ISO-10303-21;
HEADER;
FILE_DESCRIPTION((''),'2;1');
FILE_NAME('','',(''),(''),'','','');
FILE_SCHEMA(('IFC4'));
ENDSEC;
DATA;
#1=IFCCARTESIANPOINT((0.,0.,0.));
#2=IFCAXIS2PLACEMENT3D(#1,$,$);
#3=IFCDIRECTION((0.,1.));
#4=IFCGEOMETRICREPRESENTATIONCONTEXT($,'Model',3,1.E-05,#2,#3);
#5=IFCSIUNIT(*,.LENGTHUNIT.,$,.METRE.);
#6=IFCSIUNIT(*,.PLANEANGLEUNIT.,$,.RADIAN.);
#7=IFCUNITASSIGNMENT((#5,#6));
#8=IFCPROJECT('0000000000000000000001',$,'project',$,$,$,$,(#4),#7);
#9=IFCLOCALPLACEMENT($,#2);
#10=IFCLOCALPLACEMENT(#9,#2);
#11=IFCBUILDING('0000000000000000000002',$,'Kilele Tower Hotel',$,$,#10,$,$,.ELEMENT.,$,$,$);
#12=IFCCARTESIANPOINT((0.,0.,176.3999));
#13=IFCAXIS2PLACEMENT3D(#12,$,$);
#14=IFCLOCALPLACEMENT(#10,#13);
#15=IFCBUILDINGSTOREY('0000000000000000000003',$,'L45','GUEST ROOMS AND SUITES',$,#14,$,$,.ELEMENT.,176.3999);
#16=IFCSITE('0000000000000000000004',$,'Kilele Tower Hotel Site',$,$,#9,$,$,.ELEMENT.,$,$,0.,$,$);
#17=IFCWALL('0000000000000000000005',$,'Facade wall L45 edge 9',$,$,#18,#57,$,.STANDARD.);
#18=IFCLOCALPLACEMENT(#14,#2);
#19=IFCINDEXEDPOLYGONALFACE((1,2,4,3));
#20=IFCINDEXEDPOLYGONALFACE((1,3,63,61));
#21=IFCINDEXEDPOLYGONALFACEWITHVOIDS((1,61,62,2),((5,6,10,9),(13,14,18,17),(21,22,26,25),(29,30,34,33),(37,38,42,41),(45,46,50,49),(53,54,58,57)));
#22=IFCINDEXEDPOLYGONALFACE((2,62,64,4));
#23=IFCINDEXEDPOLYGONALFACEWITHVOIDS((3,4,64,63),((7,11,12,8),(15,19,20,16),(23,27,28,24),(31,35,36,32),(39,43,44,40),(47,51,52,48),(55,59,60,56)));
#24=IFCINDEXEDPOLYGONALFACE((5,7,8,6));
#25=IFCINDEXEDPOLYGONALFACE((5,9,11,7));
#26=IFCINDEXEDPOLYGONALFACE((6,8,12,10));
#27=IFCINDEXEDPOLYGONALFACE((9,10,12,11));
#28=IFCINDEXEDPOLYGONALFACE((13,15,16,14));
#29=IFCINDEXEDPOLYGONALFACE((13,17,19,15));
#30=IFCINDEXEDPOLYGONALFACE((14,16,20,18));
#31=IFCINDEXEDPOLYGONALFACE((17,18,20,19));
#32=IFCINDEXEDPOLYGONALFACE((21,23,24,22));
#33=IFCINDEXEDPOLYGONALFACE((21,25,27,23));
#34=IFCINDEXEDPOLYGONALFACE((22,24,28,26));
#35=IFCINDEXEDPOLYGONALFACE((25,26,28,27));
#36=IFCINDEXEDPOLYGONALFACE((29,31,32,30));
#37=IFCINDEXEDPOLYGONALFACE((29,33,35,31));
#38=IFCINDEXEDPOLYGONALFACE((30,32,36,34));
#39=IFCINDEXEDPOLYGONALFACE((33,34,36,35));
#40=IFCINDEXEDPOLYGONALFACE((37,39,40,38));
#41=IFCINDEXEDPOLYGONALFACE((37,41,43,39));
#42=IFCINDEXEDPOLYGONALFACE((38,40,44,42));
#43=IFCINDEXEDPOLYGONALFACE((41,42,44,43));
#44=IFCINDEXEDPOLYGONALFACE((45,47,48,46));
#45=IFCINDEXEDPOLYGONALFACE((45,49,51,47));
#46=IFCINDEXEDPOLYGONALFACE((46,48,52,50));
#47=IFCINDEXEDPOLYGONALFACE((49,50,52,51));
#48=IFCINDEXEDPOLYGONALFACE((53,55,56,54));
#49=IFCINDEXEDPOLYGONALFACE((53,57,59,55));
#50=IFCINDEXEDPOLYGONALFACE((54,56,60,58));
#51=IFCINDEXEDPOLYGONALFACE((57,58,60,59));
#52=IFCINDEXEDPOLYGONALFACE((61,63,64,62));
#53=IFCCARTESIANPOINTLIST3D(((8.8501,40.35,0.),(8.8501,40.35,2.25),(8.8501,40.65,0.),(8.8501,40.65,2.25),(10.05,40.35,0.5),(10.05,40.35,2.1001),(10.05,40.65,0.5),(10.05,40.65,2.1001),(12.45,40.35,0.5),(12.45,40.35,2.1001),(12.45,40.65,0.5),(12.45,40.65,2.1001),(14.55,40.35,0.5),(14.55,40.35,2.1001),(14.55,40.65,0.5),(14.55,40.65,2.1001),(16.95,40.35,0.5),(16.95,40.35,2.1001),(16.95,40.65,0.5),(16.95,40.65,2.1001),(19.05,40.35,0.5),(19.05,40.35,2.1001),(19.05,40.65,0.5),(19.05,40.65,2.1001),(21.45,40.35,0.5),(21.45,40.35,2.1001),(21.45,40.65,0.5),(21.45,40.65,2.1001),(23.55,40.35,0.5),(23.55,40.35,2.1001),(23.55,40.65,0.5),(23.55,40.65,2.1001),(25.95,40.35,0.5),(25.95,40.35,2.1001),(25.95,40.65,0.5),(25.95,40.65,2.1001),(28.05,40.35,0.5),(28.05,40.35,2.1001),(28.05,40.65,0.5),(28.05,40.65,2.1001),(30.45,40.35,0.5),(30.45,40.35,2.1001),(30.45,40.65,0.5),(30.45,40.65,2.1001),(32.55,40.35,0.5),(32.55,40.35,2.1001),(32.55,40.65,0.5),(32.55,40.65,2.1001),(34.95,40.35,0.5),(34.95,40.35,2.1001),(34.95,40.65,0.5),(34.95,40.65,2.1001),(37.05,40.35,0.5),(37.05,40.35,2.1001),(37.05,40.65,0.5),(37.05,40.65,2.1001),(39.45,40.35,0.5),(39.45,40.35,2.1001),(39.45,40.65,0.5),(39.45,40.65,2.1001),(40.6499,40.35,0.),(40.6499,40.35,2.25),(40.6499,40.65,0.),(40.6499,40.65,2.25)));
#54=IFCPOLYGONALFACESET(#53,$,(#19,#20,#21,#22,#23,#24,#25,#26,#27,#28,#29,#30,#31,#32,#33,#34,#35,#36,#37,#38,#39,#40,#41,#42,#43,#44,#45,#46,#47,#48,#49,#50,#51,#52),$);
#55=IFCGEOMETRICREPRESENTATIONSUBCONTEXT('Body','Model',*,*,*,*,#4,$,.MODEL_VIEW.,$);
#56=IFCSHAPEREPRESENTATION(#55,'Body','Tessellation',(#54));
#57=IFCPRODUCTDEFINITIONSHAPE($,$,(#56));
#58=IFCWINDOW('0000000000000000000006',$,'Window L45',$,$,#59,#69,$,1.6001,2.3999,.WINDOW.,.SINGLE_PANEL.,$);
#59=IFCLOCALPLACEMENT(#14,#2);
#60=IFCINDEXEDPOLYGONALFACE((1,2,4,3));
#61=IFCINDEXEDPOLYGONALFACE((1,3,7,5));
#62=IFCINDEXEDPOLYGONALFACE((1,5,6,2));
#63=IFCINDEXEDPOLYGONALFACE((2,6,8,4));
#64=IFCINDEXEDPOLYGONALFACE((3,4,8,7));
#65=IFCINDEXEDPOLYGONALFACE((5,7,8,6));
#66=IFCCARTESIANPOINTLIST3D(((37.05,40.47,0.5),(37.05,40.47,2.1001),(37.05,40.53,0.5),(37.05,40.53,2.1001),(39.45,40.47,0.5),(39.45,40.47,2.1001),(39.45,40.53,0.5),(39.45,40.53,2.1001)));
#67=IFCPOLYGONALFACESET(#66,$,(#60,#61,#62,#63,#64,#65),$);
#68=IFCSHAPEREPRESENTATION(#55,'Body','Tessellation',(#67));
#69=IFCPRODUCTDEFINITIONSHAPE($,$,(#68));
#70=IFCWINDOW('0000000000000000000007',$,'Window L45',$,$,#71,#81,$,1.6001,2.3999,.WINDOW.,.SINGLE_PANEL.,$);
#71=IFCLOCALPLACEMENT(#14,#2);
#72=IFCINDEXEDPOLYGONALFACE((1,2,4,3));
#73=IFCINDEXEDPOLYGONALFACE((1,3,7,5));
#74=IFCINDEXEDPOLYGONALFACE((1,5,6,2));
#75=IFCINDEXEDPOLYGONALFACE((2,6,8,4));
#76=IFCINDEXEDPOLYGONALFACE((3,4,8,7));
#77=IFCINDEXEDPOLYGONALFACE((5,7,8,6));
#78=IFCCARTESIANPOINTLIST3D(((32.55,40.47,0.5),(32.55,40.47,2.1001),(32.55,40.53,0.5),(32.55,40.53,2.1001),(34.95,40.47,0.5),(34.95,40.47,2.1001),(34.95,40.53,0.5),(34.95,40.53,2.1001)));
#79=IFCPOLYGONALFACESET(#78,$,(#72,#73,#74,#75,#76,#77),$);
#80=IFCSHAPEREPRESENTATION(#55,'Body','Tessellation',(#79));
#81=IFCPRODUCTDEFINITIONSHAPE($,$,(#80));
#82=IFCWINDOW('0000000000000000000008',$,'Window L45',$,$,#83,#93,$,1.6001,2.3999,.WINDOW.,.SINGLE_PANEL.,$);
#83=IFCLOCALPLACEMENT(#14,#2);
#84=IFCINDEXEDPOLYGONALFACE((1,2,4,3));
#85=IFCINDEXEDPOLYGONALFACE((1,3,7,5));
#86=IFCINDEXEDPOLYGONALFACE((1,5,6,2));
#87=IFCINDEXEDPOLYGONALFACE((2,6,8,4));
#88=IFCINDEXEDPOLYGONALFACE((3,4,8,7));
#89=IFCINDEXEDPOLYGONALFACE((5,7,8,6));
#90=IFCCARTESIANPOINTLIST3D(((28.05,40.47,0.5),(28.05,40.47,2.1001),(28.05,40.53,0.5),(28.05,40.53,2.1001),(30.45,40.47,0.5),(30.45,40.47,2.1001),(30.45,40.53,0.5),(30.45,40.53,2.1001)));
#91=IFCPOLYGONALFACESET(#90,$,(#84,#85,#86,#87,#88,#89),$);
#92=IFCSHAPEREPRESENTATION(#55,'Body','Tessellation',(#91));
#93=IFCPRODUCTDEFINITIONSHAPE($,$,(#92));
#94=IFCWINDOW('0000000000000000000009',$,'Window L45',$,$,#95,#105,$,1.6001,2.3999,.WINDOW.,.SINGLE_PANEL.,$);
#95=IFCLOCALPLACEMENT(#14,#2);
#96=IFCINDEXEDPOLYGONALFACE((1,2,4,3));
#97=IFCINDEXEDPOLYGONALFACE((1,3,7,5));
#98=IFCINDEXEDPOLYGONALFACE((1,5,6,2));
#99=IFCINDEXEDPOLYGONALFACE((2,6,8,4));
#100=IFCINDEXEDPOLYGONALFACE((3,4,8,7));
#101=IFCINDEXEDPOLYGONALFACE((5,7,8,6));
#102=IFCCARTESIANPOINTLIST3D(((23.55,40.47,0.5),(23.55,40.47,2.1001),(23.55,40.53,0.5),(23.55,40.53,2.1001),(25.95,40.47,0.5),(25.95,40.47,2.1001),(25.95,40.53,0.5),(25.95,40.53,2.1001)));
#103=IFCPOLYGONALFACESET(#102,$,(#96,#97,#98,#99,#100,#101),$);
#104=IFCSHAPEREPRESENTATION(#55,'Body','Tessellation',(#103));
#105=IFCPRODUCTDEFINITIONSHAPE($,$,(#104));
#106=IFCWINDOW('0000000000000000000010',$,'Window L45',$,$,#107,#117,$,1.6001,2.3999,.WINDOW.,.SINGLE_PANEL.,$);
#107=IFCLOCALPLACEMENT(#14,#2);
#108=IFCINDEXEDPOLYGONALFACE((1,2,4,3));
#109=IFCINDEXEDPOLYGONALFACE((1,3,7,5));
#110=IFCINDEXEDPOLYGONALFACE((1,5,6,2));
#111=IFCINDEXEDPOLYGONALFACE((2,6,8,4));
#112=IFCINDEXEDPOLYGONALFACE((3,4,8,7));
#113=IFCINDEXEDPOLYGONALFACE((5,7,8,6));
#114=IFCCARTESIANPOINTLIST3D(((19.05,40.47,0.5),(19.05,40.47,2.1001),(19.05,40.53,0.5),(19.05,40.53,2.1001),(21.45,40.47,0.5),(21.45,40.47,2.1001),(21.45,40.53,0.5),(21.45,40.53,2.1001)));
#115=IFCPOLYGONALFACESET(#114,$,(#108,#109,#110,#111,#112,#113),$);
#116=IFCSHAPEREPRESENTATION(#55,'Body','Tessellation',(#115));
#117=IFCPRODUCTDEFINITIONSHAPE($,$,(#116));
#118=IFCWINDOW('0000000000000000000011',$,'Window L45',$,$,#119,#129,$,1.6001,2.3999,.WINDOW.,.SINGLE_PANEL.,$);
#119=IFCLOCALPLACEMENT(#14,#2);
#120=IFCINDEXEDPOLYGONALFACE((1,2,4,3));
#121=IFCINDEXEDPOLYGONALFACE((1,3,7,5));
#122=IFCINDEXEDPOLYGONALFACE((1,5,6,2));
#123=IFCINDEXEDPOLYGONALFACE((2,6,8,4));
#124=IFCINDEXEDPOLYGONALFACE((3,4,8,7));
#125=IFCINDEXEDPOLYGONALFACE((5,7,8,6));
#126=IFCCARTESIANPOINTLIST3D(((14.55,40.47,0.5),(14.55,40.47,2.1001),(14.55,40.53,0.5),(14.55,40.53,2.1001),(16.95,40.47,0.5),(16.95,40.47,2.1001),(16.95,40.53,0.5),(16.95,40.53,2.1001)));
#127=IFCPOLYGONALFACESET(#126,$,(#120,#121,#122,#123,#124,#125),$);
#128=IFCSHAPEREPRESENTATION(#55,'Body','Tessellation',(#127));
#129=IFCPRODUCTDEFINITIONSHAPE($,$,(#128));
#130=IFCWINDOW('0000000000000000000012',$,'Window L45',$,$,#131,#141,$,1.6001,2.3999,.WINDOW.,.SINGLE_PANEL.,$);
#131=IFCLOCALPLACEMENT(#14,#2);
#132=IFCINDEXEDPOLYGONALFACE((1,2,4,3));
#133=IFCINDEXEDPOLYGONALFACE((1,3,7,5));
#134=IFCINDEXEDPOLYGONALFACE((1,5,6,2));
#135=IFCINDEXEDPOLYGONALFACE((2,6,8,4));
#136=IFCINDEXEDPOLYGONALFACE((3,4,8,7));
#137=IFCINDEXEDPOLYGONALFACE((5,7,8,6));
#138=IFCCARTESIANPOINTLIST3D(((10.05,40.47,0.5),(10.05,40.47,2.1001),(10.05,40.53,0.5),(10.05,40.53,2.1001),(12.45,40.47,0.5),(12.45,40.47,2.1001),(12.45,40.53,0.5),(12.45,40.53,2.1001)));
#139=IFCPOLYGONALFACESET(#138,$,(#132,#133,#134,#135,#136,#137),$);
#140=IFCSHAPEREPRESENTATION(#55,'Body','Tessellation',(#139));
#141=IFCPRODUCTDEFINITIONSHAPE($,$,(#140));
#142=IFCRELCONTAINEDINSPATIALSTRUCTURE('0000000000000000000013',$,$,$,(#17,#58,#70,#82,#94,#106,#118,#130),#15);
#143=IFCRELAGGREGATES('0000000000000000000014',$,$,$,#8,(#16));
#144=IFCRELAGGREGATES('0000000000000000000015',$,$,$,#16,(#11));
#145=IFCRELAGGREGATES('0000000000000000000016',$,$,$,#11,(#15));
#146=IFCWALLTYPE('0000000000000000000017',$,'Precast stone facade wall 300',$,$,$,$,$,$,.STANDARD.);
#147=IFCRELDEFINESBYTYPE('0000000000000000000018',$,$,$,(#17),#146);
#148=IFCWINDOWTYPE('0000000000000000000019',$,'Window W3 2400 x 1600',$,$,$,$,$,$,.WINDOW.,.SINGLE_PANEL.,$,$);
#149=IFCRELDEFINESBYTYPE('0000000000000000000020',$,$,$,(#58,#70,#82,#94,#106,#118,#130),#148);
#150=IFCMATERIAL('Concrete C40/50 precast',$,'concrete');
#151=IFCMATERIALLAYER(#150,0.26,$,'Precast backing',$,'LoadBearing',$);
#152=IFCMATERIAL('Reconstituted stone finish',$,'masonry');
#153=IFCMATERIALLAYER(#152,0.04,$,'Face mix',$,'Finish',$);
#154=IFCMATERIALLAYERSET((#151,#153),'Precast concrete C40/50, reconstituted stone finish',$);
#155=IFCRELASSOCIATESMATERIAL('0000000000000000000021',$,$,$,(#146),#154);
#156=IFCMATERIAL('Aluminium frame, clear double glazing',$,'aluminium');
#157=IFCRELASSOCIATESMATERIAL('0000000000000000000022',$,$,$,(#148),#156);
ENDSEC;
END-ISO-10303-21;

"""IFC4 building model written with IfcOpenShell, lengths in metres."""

from ifc_helpers import new_model, si_unit, direction, frame, frame_2d, origin, place, context, subcontext, project, spatial, rectangle, extrude, material, layer, layer_set, type_object, element, fill, save


model = new_model("IFC4")

# Units and contexts
model_context = context("Model", 3, precision=1e-05, world=origin(), true_north=direction((0.0, 1.0)))
body_context = subcontext(model_context, "Body", "Model", "MODEL_VIEW")
ifc_project = project(units=[si_unit("LENGTHUNIT", "METRE"), si_unit("PLANEANGLEUNIT", "RADIAN")], contexts=[model_context])

# Site, building, storey
site_placement = place(None, origin())
site = spatial("IfcSite", under=ifc_project, at=site_placement, Name="Kilele Tower Hotel Site", CompositionType="ELEMENT", RefElevation=0.0)
building_placement = place(site_placement, origin())
building = spatial("IfcBuilding", under=site, at=building_placement, Name="Kilele Tower Hotel", CompositionType="ELEMENT")
storey_placement = place(building_placement, frame((0.0, 0.0, 176.3999)))
storey = spatial("IfcBuildingStorey", under=building, at=storey_placement, Name="L45", Description="GUEST ROOMS AND SUITES", CompositionType="ELEMENT", Elevation=176.3999)

# Shared definitions
ifc_material_1 = material(Name="Concrete C40/50 precast", Category="concrete")
ifc_layer_1 = layer(ifc_material_1, 0.26, Name="Precast backing", Category="LoadBearing")
ifc_material_2 = material(Name="Reconstituted stone finish", Category="masonry")
ifc_layer_2 = layer(ifc_material_2, 0.04, Name="Face mix", Category="Finish")
ifc_layer_set_1 = layer_set([ifc_layer_1, ifc_layer_2], Name="Precast concrete C40/50, reconstituted stone finish")
wall_type_1 = type_object("IfcWallType", Name="Precast stone facade wall 300", PredefinedType="STANDARD", material=ifc_layer_set_1)
ifc_material_3 = material(Name="Aluminium frame, clear double glazing", Category="aluminium")
window_type = type_object("IfcWindowType", Name="Window W3 2400 x 1600", PartitioningType="SINGLE_PANEL", PredefinedType="WINDOW", material=ifc_material_3)

# Wall, openings, windows
wall_1_placement = place(storey_placement, frame((40.6499, 40.5, 0.0), z_axis=(0.0, 0.0, 1.0), x_axis=(-1.0, 0.0, 0.0)))
wall_1 = element("IfcWall", 1, at=wall_1_placement, inside=storey, type_object=wall_type_1, Name="Facade wall L45 edge 9", PredefinedType="STANDARD", context=body_context, shape_type="SweptSolid", body=[
    extrude(rectangle(XDim=31.7998, YDim=0.3, at=frame_2d((15.8999, 0.0))), origin(), (0.0, 0.0, 1.0), 2.25),
])
opening_1_placement = place(wall_1_placement, frame((1.2, 0.0, 0.5)))
opening_1 = element("IfcOpeningElement", 2, at=opening_1_placement, cuts=wall_1, PredefinedType="OPENING", context=body_context, shape_type="SweptSolid", body=[
    extrude(rectangle(XDim=2.3999, YDim=1.6001, at=frame_2d((1.2, 0.8))), frame((0.0, 0.1599, 0.0), z_axis=(0.0, -1.0, 0.0), x_axis=(1.0, 0.0, 0.0)), (0.0, 0.0, 1.0), 0.3201),
])
opening_2_placement = place(wall_1_placement, frame((5.7, 0.0, 0.5)))
opening_2 = element("IfcOpeningElement", 3, at=opening_2_placement, cuts=wall_1, PredefinedType="OPENING", context=body_context, shape_type="SweptSolid", body=[
    extrude(rectangle(XDim=2.3999, YDim=1.6001, at=frame_2d((1.2, 0.8))), frame((0.0, 0.1599, 0.0), z_axis=(0.0, -1.0, 0.0), x_axis=(1.0, 0.0, 0.0)), (0.0, 0.0, 1.0), 0.3201),
])
opening_3_placement = place(wall_1_placement, frame((10.2, 0.0, 0.5)))
opening_3 = element("IfcOpeningElement", 4, at=opening_3_placement, cuts=wall_1, PredefinedType="OPENING", context=body_context, shape_type="SweptSolid", body=[
    extrude(rectangle(XDim=2.3999, YDim=1.6001, at=frame_2d((1.2, 0.8))), frame((0.0, 0.1599, 0.0), z_axis=(0.0, -1.0, 0.0), x_axis=(1.0, 0.0, 0.0)), (0.0, 0.0, 1.0), 0.3201),
])
opening_4_placement = place(wall_1_placement, frame((14.7, 0.0, 0.5)))
opening_4 = element("IfcOpeningElement", 5, at=opening_4_placement, cuts=wall_1, PredefinedType="OPENING", context=body_context, shape_type="SweptSolid", body=[
    extrude(rectangle(XDim=2.3999, YDim=1.6001, at=frame_2d((1.2, 0.8))), frame((0.0, 0.1599, 0.0), z_axis=(0.0, -1.0, 0.0), x_axis=(1.0, 0.0, 0.0)), (0.0, 0.0, 1.0), 0.3201),
])
opening_5_placement = place(wall_1_placement, frame((19.2, 0.0, 0.5)))
opening_5 = element("IfcOpeningElement", 6, at=opening_5_placement, cuts=wall_1, PredefinedType="OPENING", context=body_context, shape_type="SweptSolid", body=[
    extrude(rectangle(XDim=2.3999, YDim=1.6001, at=frame_2d((1.2, 0.8))), frame((0.0, 0.1599, 0.0), z_axis=(0.0, -1.0, 0.0), x_axis=(1.0, 0.0, 0.0)), (0.0, 0.0, 1.0), 0.3201),
])
opening_6_placement = place(wall_1_placement, frame((23.7, 0.0, 0.5)))
opening_6 = element("IfcOpeningElement", 7, at=opening_6_placement, cuts=wall_1, PredefinedType="OPENING", context=body_context, shape_type="SweptSolid", body=[
    extrude(rectangle(XDim=2.3999, YDim=1.6001, at=frame_2d((1.2, 0.8))), frame((0.0, 0.1599, 0.0), z_axis=(0.0, -1.0, 0.0), x_axis=(1.0, 0.0, 0.0)), (0.0, 0.0, 1.0), 0.3201),
])
opening_7_placement = place(wall_1_placement, frame((28.2, 0.0, 0.5)))
opening_7 = element("IfcOpeningElement", 8, at=opening_7_placement, cuts=wall_1, PredefinedType="OPENING", context=body_context, shape_type="SweptSolid", body=[
    extrude(rectangle(XDim=2.3999, YDim=1.6001, at=frame_2d((1.2, 0.8))), frame((0.0, 0.1599, 0.0), z_axis=(0.0, -1.0, 0.0), x_axis=(1.0, 0.0, 0.0)), (0.0, 0.0, 1.0), 0.3201),
])
window_1_placement = place(opening_1_placement, origin())
window_1 = element("IfcWindow", 9, at=window_1_placement, inside=storey, type_object=window_type, Name="Window L45", OverallHeight=1.6001, OverallWidth=2.3999, PartitioningType="SINGLE_PANEL", PredefinedType="WINDOW", context=body_context, shape_type="SweptSolid", body=[
    extrude(rectangle(XDim=2.3999, YDim=1.6001, at=frame_2d((1.2, 0.8))), frame((0.0, 0.03, 0.0), z_axis=(0.0, -1.0, 0.0), x_axis=(1.0, 0.0, 0.0)), (0.0, 0.0, 1.0), 0.0601),
])
fill(opening_1, window_1)
window_2_placement = place(opening_2_placement, origin())
window_2 = element("IfcWindow", 10, at=window_2_placement, inside=storey, type_object=window_type, Name="Window L45", OverallHeight=1.6001, OverallWidth=2.3999, PartitioningType="SINGLE_PANEL", PredefinedType="WINDOW", context=body_context, shape_type="SweptSolid", body=[
    extrude(rectangle(XDim=2.3999, YDim=1.6001, at=frame_2d((1.2, 0.8))), frame((0.0, 0.03, 0.0), z_axis=(0.0, -1.0, 0.0), x_axis=(1.0, 0.0, 0.0)), (0.0, 0.0, 1.0), 0.0601),
])
fill(opening_2, window_2)
window_3_placement = place(opening_3_placement, origin())
window_3 = element("IfcWindow", 11, at=window_3_placement, inside=storey, type_object=window_type, Name="Window L45", OverallHeight=1.6001, OverallWidth=2.3999, PartitioningType="SINGLE_PANEL", PredefinedType="WINDOW", context=body_context, shape_type="SweptSolid", body=[
    extrude(rectangle(XDim=2.3999, YDim=1.6001, at=frame_2d((1.2, 0.8))), frame((0.0, 0.03, 0.0), z_axis=(0.0, -1.0, 0.0), x_axis=(1.0, 0.0, 0.0)), (0.0, 0.0, 1.0), 0.0601),
])
fill(opening_3, window_3)
window_4_placement = place(opening_4_placement, origin())
window_4 = element("IfcWindow", 12, at=window_4_placement, inside=storey, type_object=window_type, Name="Window L45", OverallHeight=1.6001, OverallWidth=2.3999, PartitioningType="SINGLE_PANEL", PredefinedType="WINDOW", context=body_context, shape_type="SweptSolid", body=[
    extrude(rectangle(XDim=2.3999, YDim=1.6001, at=frame_2d((1.2, 0.8))), frame((0.0, 0.03, 0.0), z_axis=(0.0, -1.0, 0.0), x_axis=(1.0, 0.0, 0.0)), (0.0, 0.0, 1.0), 0.0601),
])
fill(opening_4, window_4)
window_5_placement = place(opening_5_placement, origin())
window_5 = element("IfcWindow", 13, at=window_5_placement, inside=storey, type_object=window_type, Name="Window L45", OverallHeight=1.6001, OverallWidth=2.3999, PartitioningType="SINGLE_PANEL", PredefinedType="WINDOW", context=body_context, shape_type="SweptSolid", body=[
    extrude(rectangle(XDim=2.3999, YDim=1.6001, at=frame_2d((1.2, 0.8))), frame((0.0, 0.03, 0.0), z_axis=(0.0, -1.0, 0.0), x_axis=(1.0, 0.0, 0.0)), (0.0, 0.0, 1.0), 0.0601),
])
fill(opening_5, window_5)
window_6_placement = place(opening_6_placement, origin())
window_6 = element("IfcWindow", 14, at=window_6_placement, inside=storey, type_object=window_type, Name="Window L45", OverallHeight=1.6001, OverallWidth=2.3999, PartitioningType="SINGLE_PANEL", PredefinedType="WINDOW", context=body_context, shape_type="SweptSolid", body=[
    extrude(rectangle(XDim=2.3999, YDim=1.6001, at=frame_2d((1.2, 0.8))), frame((0.0, 0.03, 0.0), z_axis=(0.0, -1.0, 0.0), x_axis=(1.0, 0.0, 0.0)), (0.0, 0.0, 1.0), 0.0601),
])
fill(opening_6, window_6)
window_7_placement = place(opening_7_placement, origin())
window_7 = element("IfcWindow", 15, at=window_7_placement, inside=storey, type_object=window_type, Name="Window L45", OverallHeight=1.6001, OverallWidth=2.3999, PartitioningType="SINGLE_PANEL", PredefinedType="WINDOW", context=body_context, shape_type="SweptSolid", body=[
    extrude(rectangle(XDim=2.3999, YDim=1.6001, at=frame_2d((1.2, 0.8))), frame((0.0, 0.03, 0.0), z_axis=(0.0, -1.0, 0.0), x_axis=(1.0, 0.0, 0.0)), (0.0, 0.0, 1.0), 0.0601),
])
fill(opening_7, window_7)

save(model, "model.ifc")
